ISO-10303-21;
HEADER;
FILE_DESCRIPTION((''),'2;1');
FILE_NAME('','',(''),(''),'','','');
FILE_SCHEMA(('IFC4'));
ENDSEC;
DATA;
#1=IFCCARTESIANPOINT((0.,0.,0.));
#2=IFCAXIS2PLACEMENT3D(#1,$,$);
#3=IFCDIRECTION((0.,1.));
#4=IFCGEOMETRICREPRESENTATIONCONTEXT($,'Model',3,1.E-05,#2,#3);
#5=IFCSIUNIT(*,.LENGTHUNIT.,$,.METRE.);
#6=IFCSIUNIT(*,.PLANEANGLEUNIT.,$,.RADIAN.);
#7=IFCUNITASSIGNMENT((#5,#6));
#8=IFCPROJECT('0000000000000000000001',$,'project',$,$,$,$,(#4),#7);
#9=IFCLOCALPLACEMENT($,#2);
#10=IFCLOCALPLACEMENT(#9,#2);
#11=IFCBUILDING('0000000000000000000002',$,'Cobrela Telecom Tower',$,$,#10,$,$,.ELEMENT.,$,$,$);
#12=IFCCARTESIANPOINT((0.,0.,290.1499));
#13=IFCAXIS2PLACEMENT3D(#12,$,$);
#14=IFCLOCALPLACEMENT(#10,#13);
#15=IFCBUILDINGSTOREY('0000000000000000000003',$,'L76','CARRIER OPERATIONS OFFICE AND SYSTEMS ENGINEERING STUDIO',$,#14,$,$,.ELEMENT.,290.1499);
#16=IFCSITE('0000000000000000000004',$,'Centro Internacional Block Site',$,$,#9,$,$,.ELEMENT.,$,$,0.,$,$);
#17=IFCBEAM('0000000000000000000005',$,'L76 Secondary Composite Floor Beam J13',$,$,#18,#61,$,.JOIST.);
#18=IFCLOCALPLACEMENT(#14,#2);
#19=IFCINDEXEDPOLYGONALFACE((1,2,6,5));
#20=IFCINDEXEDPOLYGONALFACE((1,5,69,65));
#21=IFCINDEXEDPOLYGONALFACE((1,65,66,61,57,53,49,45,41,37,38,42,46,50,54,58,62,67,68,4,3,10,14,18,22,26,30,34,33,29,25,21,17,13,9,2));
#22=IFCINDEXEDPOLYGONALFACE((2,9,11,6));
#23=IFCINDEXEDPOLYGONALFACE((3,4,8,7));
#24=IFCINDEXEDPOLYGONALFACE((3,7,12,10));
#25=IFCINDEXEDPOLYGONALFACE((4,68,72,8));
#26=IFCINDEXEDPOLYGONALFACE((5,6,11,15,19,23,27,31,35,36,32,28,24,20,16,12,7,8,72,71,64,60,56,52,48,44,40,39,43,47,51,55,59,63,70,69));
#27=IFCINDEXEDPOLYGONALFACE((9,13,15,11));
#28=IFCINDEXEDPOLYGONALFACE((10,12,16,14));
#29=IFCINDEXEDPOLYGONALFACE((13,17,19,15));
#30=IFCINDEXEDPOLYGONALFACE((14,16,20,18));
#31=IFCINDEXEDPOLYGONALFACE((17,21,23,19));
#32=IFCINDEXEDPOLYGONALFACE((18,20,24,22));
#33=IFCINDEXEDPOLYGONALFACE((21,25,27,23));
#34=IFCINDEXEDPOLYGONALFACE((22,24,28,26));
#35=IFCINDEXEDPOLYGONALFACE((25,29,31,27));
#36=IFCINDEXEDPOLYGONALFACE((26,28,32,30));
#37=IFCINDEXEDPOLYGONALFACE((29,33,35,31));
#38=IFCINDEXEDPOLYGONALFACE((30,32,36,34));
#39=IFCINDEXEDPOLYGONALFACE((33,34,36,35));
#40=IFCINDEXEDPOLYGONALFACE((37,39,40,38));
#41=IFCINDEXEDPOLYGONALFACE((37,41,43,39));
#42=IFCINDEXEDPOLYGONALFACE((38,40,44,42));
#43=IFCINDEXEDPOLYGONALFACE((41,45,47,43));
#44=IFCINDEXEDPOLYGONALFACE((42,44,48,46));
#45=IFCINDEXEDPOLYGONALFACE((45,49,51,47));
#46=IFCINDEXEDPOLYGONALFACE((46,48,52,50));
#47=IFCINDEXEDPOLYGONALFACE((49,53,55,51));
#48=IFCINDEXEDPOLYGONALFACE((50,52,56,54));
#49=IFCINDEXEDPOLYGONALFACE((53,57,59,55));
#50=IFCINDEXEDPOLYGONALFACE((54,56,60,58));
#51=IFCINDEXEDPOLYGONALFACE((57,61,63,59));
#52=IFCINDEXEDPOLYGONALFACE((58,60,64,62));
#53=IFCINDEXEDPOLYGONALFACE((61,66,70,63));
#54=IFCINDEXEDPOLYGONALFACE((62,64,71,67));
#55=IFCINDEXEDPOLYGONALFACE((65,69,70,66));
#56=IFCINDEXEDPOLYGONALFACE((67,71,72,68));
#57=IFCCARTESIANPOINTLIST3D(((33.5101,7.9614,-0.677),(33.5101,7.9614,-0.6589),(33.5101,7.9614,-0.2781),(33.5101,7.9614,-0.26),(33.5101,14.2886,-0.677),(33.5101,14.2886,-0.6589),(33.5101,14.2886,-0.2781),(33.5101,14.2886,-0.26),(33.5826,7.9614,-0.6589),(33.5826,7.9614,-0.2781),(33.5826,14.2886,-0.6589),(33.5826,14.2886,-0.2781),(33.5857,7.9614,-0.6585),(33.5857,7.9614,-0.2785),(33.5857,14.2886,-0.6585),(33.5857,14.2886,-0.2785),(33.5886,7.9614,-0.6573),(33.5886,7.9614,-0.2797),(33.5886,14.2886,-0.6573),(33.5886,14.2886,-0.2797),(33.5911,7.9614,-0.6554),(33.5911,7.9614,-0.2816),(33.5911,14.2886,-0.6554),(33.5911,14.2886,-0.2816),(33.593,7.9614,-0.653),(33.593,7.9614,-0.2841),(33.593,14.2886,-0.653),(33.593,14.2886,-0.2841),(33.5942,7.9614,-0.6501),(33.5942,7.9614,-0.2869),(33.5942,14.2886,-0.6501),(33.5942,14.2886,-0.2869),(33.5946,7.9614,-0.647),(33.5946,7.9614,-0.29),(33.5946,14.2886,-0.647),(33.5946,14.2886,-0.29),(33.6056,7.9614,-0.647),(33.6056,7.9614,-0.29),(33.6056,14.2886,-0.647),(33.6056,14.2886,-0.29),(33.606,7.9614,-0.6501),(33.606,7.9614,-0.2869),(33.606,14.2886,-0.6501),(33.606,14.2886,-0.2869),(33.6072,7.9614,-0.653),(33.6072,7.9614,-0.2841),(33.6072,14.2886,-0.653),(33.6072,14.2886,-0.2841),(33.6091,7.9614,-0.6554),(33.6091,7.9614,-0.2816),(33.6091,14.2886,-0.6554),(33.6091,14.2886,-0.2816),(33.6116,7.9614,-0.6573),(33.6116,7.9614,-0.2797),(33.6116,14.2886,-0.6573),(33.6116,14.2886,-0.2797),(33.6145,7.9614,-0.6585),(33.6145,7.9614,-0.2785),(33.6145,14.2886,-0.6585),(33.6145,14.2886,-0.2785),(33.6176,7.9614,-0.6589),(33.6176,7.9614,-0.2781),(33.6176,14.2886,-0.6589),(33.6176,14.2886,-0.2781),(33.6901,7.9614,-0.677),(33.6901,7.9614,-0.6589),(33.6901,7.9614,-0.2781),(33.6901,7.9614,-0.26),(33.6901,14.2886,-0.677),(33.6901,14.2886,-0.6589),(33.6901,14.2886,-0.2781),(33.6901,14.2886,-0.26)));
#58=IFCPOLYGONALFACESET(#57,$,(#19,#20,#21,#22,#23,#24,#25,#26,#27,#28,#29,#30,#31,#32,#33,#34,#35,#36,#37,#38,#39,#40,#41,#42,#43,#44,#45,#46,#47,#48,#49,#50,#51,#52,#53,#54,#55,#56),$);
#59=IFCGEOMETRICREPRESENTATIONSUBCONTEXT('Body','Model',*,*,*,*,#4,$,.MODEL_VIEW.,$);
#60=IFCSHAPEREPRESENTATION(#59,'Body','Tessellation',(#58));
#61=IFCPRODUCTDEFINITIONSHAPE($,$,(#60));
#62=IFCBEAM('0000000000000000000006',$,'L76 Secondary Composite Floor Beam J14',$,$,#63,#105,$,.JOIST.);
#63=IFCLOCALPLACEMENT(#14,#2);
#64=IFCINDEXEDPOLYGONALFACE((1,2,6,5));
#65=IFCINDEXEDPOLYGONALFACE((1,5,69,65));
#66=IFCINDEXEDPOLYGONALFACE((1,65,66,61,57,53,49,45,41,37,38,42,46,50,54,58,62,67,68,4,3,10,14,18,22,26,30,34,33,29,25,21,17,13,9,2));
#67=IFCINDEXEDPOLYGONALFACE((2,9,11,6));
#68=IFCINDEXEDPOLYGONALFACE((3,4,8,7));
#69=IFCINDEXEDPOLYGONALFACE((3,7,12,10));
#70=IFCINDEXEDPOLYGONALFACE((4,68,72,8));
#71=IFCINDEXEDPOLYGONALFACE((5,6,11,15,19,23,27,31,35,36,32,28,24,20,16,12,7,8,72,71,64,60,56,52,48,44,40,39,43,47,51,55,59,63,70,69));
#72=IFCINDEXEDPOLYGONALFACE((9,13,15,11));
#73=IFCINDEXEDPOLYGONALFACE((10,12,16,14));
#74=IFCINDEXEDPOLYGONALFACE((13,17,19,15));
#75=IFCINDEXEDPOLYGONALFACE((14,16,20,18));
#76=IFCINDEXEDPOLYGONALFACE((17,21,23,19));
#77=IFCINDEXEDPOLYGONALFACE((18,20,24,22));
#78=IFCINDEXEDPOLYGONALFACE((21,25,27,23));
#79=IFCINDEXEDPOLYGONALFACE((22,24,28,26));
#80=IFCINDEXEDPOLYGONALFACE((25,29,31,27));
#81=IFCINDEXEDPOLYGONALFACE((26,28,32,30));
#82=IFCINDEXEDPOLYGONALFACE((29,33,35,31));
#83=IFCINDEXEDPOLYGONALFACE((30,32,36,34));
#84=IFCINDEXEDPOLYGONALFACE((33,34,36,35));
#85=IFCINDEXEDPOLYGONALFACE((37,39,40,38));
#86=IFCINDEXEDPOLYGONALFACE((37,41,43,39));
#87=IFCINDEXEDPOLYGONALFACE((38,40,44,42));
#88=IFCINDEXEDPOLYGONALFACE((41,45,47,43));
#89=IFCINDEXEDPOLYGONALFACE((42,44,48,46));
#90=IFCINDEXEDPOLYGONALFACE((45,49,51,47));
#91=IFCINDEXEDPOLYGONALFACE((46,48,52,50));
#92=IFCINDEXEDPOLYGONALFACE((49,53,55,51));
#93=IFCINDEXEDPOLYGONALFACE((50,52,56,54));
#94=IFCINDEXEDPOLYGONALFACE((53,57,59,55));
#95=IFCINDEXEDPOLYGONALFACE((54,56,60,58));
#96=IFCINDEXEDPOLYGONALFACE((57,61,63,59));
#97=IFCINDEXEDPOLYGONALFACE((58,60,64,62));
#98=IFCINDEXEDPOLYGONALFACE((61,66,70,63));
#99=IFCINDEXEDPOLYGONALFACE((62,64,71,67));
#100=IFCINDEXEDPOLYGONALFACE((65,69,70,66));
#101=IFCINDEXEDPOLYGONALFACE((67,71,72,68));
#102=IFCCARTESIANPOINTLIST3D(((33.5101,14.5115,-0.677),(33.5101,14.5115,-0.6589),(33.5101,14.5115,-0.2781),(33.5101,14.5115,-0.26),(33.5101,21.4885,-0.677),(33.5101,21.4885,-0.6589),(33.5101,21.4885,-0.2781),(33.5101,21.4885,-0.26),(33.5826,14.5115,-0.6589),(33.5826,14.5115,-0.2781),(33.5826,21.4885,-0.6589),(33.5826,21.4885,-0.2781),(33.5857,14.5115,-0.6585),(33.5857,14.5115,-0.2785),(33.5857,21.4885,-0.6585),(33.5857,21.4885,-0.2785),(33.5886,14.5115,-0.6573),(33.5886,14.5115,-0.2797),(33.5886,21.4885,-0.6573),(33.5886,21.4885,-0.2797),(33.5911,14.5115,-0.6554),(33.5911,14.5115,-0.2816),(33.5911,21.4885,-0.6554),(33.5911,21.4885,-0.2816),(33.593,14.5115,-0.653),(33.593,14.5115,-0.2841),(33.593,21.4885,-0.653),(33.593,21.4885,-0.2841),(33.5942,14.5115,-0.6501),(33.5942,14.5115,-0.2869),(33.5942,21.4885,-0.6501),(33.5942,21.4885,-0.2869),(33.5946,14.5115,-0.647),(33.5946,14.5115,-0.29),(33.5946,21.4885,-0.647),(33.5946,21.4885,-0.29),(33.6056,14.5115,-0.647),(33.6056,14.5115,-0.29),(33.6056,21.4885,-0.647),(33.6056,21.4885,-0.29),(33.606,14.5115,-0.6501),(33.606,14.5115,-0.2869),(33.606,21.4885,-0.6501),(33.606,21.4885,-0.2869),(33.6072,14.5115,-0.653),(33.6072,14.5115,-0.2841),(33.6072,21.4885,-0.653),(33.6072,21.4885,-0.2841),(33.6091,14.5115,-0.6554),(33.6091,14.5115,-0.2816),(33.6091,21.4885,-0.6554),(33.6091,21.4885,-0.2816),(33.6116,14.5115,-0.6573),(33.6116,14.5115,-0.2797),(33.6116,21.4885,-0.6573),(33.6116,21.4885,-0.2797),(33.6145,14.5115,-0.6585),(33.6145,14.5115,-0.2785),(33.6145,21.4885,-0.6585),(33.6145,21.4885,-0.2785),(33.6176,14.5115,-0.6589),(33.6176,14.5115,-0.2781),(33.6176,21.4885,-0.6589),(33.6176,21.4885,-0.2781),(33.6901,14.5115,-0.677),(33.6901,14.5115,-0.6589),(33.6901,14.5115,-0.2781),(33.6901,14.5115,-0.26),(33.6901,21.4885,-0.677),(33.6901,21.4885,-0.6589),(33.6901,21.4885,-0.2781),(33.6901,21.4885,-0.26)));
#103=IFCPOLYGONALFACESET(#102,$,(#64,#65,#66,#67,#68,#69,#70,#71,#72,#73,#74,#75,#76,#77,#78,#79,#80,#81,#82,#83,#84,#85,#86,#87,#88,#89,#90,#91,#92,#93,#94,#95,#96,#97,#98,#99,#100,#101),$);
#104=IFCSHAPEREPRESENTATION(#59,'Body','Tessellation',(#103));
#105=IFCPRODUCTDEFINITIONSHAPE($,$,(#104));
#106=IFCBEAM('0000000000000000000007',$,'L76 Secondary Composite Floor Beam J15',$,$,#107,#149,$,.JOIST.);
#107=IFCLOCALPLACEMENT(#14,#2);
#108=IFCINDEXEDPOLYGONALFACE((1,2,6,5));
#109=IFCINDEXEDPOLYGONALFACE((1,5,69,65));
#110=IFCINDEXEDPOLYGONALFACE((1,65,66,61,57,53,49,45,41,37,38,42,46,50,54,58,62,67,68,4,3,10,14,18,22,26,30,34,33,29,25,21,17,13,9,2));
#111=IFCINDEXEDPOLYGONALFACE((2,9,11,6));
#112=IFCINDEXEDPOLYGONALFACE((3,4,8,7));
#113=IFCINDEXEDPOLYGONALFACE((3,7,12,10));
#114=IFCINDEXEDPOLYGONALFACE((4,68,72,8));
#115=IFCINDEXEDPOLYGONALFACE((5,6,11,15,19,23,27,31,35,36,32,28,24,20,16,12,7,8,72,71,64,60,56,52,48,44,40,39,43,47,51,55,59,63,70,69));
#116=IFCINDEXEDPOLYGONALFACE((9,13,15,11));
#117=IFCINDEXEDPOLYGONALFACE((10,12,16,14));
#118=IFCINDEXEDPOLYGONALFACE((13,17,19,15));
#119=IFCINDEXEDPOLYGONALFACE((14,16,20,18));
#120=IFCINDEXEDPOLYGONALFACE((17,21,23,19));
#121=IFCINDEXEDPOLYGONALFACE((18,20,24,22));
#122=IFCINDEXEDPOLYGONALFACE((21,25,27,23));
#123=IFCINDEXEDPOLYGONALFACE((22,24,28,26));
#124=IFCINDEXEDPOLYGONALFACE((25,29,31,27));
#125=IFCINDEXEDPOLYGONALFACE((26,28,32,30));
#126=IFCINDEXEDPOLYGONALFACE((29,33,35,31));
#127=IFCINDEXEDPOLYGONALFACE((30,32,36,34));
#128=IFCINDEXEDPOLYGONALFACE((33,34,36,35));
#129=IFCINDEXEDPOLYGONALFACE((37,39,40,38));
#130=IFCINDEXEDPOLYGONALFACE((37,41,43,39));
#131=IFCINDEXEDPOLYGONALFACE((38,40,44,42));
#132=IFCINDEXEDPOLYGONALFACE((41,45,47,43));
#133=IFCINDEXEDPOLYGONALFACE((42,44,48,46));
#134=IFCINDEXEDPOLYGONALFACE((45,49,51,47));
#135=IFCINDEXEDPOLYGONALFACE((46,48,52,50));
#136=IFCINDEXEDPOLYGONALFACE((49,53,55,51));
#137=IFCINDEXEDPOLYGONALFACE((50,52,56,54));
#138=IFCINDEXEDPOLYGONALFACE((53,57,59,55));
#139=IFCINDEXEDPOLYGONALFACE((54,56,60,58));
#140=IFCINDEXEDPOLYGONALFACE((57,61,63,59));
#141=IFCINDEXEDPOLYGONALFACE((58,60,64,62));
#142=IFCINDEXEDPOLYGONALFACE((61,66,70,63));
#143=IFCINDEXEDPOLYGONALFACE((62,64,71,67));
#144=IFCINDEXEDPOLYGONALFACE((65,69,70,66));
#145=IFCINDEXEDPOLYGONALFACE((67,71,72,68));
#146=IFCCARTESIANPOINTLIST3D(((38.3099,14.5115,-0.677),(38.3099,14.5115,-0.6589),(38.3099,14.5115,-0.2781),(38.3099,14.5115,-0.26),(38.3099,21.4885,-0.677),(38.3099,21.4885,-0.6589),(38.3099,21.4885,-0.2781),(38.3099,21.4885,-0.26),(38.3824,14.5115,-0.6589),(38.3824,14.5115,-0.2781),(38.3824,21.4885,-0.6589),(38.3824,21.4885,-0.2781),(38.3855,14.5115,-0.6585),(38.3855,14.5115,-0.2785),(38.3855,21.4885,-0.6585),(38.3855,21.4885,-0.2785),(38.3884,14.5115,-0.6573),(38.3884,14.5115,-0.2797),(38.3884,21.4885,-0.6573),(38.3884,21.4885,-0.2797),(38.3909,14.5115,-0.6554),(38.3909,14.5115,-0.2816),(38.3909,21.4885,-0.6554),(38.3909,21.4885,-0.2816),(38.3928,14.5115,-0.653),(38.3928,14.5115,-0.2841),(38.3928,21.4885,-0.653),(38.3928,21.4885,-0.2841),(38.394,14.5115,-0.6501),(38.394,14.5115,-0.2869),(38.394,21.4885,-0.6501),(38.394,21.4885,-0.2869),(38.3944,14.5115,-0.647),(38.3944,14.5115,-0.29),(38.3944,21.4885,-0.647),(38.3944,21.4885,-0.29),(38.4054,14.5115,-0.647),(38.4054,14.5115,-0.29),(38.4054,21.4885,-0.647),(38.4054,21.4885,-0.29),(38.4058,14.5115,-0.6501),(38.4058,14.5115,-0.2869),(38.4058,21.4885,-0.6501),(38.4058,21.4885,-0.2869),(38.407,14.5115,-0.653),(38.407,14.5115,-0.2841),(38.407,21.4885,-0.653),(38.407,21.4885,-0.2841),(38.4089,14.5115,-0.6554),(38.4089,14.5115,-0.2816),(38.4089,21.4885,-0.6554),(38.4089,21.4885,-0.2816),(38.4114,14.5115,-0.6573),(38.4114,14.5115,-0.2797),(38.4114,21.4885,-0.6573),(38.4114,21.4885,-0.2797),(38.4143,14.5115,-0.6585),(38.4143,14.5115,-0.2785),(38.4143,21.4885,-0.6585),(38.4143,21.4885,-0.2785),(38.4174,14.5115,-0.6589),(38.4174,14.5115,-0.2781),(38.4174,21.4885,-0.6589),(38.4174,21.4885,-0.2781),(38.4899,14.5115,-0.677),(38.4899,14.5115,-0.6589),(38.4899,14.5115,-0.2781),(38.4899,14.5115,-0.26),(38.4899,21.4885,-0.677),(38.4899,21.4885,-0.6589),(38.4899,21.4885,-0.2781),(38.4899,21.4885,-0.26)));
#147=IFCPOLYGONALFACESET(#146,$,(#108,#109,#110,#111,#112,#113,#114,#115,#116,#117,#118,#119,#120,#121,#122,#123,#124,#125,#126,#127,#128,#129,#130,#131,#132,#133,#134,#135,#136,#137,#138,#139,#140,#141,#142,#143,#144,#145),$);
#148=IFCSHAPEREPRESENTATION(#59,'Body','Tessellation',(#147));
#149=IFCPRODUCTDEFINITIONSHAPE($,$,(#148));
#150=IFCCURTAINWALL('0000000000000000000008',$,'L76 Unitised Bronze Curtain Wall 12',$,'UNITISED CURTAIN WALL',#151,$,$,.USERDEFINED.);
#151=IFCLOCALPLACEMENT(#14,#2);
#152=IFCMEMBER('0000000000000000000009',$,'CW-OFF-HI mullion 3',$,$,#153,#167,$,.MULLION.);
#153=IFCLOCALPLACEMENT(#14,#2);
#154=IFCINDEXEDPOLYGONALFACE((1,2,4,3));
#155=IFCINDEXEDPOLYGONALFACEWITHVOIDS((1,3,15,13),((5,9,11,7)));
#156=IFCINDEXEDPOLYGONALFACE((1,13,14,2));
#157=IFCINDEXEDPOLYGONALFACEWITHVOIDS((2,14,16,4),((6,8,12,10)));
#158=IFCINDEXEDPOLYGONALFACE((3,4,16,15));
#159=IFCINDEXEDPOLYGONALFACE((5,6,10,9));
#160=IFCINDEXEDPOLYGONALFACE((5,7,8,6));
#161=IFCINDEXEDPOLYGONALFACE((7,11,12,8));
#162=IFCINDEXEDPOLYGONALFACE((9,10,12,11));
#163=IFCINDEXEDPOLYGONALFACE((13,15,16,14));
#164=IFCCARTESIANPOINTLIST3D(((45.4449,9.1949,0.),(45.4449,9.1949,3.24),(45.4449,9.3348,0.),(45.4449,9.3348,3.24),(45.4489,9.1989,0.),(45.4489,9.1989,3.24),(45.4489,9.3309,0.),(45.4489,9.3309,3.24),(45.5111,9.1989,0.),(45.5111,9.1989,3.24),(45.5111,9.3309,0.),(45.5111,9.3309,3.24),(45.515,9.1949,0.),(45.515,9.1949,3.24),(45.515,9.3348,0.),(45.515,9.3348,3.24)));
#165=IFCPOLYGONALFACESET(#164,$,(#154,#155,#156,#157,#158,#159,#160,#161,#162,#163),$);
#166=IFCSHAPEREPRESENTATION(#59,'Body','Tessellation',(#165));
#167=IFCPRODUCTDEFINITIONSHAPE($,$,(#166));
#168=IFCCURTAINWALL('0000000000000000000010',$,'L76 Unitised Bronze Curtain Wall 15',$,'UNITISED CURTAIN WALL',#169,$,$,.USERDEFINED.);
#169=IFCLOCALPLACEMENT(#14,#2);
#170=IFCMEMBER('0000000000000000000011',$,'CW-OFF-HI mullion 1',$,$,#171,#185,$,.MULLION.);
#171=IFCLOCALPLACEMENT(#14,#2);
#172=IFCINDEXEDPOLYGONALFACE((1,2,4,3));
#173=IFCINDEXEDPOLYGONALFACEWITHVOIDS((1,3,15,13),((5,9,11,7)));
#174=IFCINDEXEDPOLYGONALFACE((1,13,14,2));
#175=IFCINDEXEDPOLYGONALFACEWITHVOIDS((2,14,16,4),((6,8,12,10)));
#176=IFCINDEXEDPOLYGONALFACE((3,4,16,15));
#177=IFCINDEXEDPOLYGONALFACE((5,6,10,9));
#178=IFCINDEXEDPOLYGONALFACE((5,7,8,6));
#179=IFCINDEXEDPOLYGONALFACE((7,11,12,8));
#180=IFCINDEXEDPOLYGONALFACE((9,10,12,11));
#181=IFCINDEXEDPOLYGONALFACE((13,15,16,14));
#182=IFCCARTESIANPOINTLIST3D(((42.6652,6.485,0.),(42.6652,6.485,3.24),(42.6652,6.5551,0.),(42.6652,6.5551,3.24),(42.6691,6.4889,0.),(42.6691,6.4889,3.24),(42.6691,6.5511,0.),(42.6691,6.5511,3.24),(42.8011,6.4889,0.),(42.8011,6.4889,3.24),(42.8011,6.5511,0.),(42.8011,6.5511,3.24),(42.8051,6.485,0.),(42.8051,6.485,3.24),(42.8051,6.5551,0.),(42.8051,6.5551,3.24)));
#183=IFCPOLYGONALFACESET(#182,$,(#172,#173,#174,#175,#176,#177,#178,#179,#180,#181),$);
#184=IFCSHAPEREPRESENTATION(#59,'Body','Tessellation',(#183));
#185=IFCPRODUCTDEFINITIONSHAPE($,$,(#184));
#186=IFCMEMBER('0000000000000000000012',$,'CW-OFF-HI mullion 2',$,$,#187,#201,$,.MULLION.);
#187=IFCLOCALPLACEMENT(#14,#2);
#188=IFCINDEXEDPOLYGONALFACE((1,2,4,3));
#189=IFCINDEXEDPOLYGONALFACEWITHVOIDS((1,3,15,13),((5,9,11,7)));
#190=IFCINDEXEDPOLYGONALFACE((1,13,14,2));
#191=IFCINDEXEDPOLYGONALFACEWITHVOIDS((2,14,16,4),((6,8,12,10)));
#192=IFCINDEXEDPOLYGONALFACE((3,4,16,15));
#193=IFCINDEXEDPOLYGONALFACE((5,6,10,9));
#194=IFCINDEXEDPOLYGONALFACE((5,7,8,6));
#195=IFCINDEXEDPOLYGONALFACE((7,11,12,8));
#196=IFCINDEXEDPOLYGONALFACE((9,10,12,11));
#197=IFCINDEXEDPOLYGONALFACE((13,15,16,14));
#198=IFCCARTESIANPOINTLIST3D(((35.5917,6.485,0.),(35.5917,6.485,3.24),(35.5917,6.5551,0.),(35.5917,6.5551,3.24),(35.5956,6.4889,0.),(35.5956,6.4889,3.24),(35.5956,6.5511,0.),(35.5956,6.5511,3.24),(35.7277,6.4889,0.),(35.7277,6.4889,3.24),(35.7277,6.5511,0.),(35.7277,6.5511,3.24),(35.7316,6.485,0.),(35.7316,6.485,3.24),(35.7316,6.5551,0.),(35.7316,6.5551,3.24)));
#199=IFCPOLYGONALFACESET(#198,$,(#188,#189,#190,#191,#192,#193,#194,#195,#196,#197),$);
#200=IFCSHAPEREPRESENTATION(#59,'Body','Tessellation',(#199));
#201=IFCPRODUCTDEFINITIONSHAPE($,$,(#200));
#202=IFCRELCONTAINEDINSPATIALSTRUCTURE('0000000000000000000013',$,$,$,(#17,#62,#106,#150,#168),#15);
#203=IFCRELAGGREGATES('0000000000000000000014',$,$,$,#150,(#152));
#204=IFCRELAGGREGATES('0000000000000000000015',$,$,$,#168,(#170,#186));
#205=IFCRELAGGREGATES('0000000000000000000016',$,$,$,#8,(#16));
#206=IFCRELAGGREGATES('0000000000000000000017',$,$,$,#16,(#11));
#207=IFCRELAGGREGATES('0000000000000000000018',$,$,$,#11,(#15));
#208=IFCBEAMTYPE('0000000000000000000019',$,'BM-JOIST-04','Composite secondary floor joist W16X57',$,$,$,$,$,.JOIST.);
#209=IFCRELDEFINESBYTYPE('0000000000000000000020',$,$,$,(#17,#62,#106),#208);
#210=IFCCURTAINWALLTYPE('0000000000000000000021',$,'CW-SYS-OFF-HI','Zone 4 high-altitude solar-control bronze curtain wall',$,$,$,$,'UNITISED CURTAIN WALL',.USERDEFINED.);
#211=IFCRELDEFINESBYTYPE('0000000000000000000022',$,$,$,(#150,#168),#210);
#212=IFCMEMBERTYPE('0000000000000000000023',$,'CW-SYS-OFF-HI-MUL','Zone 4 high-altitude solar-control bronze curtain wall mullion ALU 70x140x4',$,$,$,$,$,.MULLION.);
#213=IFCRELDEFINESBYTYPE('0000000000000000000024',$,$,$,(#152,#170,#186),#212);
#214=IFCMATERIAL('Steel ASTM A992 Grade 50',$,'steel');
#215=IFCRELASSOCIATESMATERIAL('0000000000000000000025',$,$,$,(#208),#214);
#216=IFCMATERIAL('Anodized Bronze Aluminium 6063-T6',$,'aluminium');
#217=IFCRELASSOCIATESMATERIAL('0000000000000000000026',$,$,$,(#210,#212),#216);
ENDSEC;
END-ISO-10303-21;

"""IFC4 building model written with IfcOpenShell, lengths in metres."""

from ifc_helpers import new_model, si_unit, direction, frame, origin, origin_2d, place, context, subcontext, project, spatial, hollow_rectangle, i_section, extrude, material, material_profile, profile_set, type_object, element, aggregate, save


model = new_model("IFC4")

# Units and contexts
model_context = context("Model", 3, precision=1e-05, world=origin(), true_north=direction((0.0, 1.0)))
body_context = subcontext(model_context, "Body", "Model", "MODEL_VIEW")
ifc_project = project(units=[si_unit("LENGTHUNIT", "METRE"), si_unit("PLANEANGLEUNIT", "RADIAN")], contexts=[model_context])

# Site, building, storey
site_placement = place(None, origin())
site = spatial("IfcSite", under=ifc_project, at=site_placement, Name="Centro Internacional Block Site", CompositionType="ELEMENT", RefElevation=0.0)
building_placement = place(site_placement, origin())
building = spatial("IfcBuilding", under=site, at=building_placement, Name="Cobrela Telecom Tower", CompositionType="ELEMENT")
storey_placement = place(building_placement, frame((0.0, 0.0, 290.1499)))
storey = spatial("IfcBuildingStorey", under=building, at=storey_placement, Name="L76", Description="CARRIER OPERATIONS OFFICE AND SYSTEMS ENGINEERING STUDIO", CompositionType="ELEMENT", Elevation=290.1499)

# Shared definitions
ifc_material_1 = material(Name="Steel ASTM A992 Grade 50", Category="steel")

# Beams
ifc_material_profile_1 = material_profile(ifc_material_1, i_section(OverallWidth=0.1799, OverallDepth=0.417, WebThickness=0.011, FlangeThickness=0.0181, FilletRadius=0.012, at=origin_2d()), Name="W16X57")
ifc_profile_set_1 = profile_set([ifc_material_profile_1], Name="Steel ASTM A992 Grade 50")
beam_type_1 = type_object("IfcBeamType", Name="BM-JOIST-04", Description="Composite secondary floor joist W16X57", PredefinedType="JOIST", material=ifc_profile_set_1)
beam_1_placement = place(storey_placement, frame((33.6001, 7.9614, -0.4685), z_axis=(0.0, 1.0, 0.0), x_axis=(-1.0, 0.0, 0.0)))
element("IfcBeam", 1, at=beam_1_placement, inside=storey, type_object=beam_type_1, Name="L76 Secondary Composite Floor Beam J13", PredefinedType="JOIST", context=body_context, shape_type="SweptSolid", body=[
    extrude(i_section(OverallWidth=0.1799, OverallDepth=0.417, WebThickness=0.011, FlangeThickness=0.0181, FilletRadius=0.012, at=origin_2d()), origin(), (0.0, 0.0, 1.0), 6.3271),
])
for number, where, z_axis, x_axis, name in (
    (2, (33.6001, 14.5115, -0.4685), (0.0, 1.0, 0.0), (-1.0, 0.0, 0.0), "L76 Secondary Composite Floor Beam J14"),
    (3, (38.3999, 14.5115, -0.4685), (0.0, 1.0, 0.0), (-1.0, 0.0, 0.0), "L76 Secondary Composite Floor Beam J15"),
):
    element("IfcBeam", number, at=place(storey_placement, frame(where, z_axis=z_axis, x_axis=x_axis)), inside=storey, type_object=beam_type_1, Name=name, PredefinedType="JOIST", context=body_context, shape_type="SweptSolid", body=[
        extrude(i_section(OverallWidth=0.1799, OverallDepth=0.417, WebThickness=0.011, FlangeThickness=0.0181, FilletRadius=0.012, at=origin_2d()), origin(), (0.0, 0.0, 1.0), 6.9771),
    ])

# Curtain wall, member
ifc_material_2 = material(Name="Anodized Bronze Aluminium 6063-T6", Category="aluminium")
curtain_wall_type = type_object("IfcCurtainWallType", Name="CW-SYS-OFF-HI", Description="Zone 4 high-altitude solar-control bronze curtain wall", ElementType="UNITISED CURTAIN WALL", PredefinedType="USERDEFINED", material=ifc_material_2)
curtain_wall_1_placement = place(storey_placement, origin())
curtain_wall_1 = element("IfcCurtainWall", 4, at=curtain_wall_1_placement, inside=storey, type_object=curtain_wall_type, Name="L76 Unitised Bronze Curtain Wall 12", ObjectType="UNITISED CURTAIN WALL", PredefinedType="USERDEFINED")
ifc_material_profile_2 = material_profile(ifc_material_2, hollow_rectangle(XDim=0.0701, YDim=0.1399, WallThickness=0.0039, at=origin_2d()), Name="ALU 70x140x4")
ifc_profile_set_2 = profile_set([ifc_material_profile_2], Name="Anodized Bronze Aluminium 6063-T6")
member_type_1 = type_object("IfcMemberType", Name="CW-SYS-OFF-HI-MUL", Description="Zone 4 high-altitude solar-control bronze curtain wall mullion ALU 70x140x4", PredefinedType="MULLION", material=ifc_profile_set_2)
member_1_placement = place(storey_placement, frame((45.48, 9.2649, 0.0), z_axis=(0.0, 0.0, 1.0), x_axis=(1.0, 0.0, 0.0)))
member_1 = element("IfcMember", 5, at=member_1_placement, type_object=member_type_1, Name="CW-OFF-HI mullion 3", PredefinedType="MULLION", context=body_context, shape_type="SweptSolid", body=[
    extrude(hollow_rectangle(XDim=0.0701, YDim=0.1399, WallThickness=0.0039, at=origin_2d()), origin(), (0.0, 0.0, 1.0), 3.24),
])

# Curtain wall, members
curtain_wall_2_placement = place(storey_placement, origin())
curtain_wall_2 = element("IfcCurtainWall", 6, at=curtain_wall_2_placement, inside=storey, type_object=curtain_wall_type, Name="L76 Unitised Bronze Curtain Wall 15", ObjectType="UNITISED CURTAIN WALL", PredefinedType="USERDEFINED")
member_2_placement = place(storey_placement, frame((42.7351, 6.52, 0.0), z_axis=(0.0, 0.0, 1.0), x_axis=(0.0, -1.0, 0.0)))
member_2 = element("IfcMember", 7, at=member_2_placement, type_object=member_type_1, Name="CW-OFF-HI mullion 1", PredefinedType="MULLION", context=body_context, shape_type="SweptSolid", body=[
    extrude(hollow_rectangle(XDim=0.0701, YDim=0.1399, WallThickness=0.0039, at=origin_2d()), origin(), (0.0, 0.0, 1.0), 3.24),
])
member_3_placement = place(storey_placement, frame((35.6616, 6.52, 0.0), z_axis=(0.0, 0.0, 1.0), x_axis=(0.0, -1.0, 0.0)))
member_3 = element("IfcMember", 8, at=member_3_placement, type_object=member_type_1, Name="CW-OFF-HI mullion 2", PredefinedType="MULLION", context=body_context, shape_type="SweptSolid", body=[
    extrude(hollow_rectangle(XDim=0.0701, YDim=0.1399, WallThickness=0.0039, at=origin_2d()), origin(), (0.0, 0.0, 1.0), 3.24),
])

aggregate(curtain_wall_1, [member_1])
aggregate(curtain_wall_2, [member_2, member_3])

save(model, "model.ifc")
